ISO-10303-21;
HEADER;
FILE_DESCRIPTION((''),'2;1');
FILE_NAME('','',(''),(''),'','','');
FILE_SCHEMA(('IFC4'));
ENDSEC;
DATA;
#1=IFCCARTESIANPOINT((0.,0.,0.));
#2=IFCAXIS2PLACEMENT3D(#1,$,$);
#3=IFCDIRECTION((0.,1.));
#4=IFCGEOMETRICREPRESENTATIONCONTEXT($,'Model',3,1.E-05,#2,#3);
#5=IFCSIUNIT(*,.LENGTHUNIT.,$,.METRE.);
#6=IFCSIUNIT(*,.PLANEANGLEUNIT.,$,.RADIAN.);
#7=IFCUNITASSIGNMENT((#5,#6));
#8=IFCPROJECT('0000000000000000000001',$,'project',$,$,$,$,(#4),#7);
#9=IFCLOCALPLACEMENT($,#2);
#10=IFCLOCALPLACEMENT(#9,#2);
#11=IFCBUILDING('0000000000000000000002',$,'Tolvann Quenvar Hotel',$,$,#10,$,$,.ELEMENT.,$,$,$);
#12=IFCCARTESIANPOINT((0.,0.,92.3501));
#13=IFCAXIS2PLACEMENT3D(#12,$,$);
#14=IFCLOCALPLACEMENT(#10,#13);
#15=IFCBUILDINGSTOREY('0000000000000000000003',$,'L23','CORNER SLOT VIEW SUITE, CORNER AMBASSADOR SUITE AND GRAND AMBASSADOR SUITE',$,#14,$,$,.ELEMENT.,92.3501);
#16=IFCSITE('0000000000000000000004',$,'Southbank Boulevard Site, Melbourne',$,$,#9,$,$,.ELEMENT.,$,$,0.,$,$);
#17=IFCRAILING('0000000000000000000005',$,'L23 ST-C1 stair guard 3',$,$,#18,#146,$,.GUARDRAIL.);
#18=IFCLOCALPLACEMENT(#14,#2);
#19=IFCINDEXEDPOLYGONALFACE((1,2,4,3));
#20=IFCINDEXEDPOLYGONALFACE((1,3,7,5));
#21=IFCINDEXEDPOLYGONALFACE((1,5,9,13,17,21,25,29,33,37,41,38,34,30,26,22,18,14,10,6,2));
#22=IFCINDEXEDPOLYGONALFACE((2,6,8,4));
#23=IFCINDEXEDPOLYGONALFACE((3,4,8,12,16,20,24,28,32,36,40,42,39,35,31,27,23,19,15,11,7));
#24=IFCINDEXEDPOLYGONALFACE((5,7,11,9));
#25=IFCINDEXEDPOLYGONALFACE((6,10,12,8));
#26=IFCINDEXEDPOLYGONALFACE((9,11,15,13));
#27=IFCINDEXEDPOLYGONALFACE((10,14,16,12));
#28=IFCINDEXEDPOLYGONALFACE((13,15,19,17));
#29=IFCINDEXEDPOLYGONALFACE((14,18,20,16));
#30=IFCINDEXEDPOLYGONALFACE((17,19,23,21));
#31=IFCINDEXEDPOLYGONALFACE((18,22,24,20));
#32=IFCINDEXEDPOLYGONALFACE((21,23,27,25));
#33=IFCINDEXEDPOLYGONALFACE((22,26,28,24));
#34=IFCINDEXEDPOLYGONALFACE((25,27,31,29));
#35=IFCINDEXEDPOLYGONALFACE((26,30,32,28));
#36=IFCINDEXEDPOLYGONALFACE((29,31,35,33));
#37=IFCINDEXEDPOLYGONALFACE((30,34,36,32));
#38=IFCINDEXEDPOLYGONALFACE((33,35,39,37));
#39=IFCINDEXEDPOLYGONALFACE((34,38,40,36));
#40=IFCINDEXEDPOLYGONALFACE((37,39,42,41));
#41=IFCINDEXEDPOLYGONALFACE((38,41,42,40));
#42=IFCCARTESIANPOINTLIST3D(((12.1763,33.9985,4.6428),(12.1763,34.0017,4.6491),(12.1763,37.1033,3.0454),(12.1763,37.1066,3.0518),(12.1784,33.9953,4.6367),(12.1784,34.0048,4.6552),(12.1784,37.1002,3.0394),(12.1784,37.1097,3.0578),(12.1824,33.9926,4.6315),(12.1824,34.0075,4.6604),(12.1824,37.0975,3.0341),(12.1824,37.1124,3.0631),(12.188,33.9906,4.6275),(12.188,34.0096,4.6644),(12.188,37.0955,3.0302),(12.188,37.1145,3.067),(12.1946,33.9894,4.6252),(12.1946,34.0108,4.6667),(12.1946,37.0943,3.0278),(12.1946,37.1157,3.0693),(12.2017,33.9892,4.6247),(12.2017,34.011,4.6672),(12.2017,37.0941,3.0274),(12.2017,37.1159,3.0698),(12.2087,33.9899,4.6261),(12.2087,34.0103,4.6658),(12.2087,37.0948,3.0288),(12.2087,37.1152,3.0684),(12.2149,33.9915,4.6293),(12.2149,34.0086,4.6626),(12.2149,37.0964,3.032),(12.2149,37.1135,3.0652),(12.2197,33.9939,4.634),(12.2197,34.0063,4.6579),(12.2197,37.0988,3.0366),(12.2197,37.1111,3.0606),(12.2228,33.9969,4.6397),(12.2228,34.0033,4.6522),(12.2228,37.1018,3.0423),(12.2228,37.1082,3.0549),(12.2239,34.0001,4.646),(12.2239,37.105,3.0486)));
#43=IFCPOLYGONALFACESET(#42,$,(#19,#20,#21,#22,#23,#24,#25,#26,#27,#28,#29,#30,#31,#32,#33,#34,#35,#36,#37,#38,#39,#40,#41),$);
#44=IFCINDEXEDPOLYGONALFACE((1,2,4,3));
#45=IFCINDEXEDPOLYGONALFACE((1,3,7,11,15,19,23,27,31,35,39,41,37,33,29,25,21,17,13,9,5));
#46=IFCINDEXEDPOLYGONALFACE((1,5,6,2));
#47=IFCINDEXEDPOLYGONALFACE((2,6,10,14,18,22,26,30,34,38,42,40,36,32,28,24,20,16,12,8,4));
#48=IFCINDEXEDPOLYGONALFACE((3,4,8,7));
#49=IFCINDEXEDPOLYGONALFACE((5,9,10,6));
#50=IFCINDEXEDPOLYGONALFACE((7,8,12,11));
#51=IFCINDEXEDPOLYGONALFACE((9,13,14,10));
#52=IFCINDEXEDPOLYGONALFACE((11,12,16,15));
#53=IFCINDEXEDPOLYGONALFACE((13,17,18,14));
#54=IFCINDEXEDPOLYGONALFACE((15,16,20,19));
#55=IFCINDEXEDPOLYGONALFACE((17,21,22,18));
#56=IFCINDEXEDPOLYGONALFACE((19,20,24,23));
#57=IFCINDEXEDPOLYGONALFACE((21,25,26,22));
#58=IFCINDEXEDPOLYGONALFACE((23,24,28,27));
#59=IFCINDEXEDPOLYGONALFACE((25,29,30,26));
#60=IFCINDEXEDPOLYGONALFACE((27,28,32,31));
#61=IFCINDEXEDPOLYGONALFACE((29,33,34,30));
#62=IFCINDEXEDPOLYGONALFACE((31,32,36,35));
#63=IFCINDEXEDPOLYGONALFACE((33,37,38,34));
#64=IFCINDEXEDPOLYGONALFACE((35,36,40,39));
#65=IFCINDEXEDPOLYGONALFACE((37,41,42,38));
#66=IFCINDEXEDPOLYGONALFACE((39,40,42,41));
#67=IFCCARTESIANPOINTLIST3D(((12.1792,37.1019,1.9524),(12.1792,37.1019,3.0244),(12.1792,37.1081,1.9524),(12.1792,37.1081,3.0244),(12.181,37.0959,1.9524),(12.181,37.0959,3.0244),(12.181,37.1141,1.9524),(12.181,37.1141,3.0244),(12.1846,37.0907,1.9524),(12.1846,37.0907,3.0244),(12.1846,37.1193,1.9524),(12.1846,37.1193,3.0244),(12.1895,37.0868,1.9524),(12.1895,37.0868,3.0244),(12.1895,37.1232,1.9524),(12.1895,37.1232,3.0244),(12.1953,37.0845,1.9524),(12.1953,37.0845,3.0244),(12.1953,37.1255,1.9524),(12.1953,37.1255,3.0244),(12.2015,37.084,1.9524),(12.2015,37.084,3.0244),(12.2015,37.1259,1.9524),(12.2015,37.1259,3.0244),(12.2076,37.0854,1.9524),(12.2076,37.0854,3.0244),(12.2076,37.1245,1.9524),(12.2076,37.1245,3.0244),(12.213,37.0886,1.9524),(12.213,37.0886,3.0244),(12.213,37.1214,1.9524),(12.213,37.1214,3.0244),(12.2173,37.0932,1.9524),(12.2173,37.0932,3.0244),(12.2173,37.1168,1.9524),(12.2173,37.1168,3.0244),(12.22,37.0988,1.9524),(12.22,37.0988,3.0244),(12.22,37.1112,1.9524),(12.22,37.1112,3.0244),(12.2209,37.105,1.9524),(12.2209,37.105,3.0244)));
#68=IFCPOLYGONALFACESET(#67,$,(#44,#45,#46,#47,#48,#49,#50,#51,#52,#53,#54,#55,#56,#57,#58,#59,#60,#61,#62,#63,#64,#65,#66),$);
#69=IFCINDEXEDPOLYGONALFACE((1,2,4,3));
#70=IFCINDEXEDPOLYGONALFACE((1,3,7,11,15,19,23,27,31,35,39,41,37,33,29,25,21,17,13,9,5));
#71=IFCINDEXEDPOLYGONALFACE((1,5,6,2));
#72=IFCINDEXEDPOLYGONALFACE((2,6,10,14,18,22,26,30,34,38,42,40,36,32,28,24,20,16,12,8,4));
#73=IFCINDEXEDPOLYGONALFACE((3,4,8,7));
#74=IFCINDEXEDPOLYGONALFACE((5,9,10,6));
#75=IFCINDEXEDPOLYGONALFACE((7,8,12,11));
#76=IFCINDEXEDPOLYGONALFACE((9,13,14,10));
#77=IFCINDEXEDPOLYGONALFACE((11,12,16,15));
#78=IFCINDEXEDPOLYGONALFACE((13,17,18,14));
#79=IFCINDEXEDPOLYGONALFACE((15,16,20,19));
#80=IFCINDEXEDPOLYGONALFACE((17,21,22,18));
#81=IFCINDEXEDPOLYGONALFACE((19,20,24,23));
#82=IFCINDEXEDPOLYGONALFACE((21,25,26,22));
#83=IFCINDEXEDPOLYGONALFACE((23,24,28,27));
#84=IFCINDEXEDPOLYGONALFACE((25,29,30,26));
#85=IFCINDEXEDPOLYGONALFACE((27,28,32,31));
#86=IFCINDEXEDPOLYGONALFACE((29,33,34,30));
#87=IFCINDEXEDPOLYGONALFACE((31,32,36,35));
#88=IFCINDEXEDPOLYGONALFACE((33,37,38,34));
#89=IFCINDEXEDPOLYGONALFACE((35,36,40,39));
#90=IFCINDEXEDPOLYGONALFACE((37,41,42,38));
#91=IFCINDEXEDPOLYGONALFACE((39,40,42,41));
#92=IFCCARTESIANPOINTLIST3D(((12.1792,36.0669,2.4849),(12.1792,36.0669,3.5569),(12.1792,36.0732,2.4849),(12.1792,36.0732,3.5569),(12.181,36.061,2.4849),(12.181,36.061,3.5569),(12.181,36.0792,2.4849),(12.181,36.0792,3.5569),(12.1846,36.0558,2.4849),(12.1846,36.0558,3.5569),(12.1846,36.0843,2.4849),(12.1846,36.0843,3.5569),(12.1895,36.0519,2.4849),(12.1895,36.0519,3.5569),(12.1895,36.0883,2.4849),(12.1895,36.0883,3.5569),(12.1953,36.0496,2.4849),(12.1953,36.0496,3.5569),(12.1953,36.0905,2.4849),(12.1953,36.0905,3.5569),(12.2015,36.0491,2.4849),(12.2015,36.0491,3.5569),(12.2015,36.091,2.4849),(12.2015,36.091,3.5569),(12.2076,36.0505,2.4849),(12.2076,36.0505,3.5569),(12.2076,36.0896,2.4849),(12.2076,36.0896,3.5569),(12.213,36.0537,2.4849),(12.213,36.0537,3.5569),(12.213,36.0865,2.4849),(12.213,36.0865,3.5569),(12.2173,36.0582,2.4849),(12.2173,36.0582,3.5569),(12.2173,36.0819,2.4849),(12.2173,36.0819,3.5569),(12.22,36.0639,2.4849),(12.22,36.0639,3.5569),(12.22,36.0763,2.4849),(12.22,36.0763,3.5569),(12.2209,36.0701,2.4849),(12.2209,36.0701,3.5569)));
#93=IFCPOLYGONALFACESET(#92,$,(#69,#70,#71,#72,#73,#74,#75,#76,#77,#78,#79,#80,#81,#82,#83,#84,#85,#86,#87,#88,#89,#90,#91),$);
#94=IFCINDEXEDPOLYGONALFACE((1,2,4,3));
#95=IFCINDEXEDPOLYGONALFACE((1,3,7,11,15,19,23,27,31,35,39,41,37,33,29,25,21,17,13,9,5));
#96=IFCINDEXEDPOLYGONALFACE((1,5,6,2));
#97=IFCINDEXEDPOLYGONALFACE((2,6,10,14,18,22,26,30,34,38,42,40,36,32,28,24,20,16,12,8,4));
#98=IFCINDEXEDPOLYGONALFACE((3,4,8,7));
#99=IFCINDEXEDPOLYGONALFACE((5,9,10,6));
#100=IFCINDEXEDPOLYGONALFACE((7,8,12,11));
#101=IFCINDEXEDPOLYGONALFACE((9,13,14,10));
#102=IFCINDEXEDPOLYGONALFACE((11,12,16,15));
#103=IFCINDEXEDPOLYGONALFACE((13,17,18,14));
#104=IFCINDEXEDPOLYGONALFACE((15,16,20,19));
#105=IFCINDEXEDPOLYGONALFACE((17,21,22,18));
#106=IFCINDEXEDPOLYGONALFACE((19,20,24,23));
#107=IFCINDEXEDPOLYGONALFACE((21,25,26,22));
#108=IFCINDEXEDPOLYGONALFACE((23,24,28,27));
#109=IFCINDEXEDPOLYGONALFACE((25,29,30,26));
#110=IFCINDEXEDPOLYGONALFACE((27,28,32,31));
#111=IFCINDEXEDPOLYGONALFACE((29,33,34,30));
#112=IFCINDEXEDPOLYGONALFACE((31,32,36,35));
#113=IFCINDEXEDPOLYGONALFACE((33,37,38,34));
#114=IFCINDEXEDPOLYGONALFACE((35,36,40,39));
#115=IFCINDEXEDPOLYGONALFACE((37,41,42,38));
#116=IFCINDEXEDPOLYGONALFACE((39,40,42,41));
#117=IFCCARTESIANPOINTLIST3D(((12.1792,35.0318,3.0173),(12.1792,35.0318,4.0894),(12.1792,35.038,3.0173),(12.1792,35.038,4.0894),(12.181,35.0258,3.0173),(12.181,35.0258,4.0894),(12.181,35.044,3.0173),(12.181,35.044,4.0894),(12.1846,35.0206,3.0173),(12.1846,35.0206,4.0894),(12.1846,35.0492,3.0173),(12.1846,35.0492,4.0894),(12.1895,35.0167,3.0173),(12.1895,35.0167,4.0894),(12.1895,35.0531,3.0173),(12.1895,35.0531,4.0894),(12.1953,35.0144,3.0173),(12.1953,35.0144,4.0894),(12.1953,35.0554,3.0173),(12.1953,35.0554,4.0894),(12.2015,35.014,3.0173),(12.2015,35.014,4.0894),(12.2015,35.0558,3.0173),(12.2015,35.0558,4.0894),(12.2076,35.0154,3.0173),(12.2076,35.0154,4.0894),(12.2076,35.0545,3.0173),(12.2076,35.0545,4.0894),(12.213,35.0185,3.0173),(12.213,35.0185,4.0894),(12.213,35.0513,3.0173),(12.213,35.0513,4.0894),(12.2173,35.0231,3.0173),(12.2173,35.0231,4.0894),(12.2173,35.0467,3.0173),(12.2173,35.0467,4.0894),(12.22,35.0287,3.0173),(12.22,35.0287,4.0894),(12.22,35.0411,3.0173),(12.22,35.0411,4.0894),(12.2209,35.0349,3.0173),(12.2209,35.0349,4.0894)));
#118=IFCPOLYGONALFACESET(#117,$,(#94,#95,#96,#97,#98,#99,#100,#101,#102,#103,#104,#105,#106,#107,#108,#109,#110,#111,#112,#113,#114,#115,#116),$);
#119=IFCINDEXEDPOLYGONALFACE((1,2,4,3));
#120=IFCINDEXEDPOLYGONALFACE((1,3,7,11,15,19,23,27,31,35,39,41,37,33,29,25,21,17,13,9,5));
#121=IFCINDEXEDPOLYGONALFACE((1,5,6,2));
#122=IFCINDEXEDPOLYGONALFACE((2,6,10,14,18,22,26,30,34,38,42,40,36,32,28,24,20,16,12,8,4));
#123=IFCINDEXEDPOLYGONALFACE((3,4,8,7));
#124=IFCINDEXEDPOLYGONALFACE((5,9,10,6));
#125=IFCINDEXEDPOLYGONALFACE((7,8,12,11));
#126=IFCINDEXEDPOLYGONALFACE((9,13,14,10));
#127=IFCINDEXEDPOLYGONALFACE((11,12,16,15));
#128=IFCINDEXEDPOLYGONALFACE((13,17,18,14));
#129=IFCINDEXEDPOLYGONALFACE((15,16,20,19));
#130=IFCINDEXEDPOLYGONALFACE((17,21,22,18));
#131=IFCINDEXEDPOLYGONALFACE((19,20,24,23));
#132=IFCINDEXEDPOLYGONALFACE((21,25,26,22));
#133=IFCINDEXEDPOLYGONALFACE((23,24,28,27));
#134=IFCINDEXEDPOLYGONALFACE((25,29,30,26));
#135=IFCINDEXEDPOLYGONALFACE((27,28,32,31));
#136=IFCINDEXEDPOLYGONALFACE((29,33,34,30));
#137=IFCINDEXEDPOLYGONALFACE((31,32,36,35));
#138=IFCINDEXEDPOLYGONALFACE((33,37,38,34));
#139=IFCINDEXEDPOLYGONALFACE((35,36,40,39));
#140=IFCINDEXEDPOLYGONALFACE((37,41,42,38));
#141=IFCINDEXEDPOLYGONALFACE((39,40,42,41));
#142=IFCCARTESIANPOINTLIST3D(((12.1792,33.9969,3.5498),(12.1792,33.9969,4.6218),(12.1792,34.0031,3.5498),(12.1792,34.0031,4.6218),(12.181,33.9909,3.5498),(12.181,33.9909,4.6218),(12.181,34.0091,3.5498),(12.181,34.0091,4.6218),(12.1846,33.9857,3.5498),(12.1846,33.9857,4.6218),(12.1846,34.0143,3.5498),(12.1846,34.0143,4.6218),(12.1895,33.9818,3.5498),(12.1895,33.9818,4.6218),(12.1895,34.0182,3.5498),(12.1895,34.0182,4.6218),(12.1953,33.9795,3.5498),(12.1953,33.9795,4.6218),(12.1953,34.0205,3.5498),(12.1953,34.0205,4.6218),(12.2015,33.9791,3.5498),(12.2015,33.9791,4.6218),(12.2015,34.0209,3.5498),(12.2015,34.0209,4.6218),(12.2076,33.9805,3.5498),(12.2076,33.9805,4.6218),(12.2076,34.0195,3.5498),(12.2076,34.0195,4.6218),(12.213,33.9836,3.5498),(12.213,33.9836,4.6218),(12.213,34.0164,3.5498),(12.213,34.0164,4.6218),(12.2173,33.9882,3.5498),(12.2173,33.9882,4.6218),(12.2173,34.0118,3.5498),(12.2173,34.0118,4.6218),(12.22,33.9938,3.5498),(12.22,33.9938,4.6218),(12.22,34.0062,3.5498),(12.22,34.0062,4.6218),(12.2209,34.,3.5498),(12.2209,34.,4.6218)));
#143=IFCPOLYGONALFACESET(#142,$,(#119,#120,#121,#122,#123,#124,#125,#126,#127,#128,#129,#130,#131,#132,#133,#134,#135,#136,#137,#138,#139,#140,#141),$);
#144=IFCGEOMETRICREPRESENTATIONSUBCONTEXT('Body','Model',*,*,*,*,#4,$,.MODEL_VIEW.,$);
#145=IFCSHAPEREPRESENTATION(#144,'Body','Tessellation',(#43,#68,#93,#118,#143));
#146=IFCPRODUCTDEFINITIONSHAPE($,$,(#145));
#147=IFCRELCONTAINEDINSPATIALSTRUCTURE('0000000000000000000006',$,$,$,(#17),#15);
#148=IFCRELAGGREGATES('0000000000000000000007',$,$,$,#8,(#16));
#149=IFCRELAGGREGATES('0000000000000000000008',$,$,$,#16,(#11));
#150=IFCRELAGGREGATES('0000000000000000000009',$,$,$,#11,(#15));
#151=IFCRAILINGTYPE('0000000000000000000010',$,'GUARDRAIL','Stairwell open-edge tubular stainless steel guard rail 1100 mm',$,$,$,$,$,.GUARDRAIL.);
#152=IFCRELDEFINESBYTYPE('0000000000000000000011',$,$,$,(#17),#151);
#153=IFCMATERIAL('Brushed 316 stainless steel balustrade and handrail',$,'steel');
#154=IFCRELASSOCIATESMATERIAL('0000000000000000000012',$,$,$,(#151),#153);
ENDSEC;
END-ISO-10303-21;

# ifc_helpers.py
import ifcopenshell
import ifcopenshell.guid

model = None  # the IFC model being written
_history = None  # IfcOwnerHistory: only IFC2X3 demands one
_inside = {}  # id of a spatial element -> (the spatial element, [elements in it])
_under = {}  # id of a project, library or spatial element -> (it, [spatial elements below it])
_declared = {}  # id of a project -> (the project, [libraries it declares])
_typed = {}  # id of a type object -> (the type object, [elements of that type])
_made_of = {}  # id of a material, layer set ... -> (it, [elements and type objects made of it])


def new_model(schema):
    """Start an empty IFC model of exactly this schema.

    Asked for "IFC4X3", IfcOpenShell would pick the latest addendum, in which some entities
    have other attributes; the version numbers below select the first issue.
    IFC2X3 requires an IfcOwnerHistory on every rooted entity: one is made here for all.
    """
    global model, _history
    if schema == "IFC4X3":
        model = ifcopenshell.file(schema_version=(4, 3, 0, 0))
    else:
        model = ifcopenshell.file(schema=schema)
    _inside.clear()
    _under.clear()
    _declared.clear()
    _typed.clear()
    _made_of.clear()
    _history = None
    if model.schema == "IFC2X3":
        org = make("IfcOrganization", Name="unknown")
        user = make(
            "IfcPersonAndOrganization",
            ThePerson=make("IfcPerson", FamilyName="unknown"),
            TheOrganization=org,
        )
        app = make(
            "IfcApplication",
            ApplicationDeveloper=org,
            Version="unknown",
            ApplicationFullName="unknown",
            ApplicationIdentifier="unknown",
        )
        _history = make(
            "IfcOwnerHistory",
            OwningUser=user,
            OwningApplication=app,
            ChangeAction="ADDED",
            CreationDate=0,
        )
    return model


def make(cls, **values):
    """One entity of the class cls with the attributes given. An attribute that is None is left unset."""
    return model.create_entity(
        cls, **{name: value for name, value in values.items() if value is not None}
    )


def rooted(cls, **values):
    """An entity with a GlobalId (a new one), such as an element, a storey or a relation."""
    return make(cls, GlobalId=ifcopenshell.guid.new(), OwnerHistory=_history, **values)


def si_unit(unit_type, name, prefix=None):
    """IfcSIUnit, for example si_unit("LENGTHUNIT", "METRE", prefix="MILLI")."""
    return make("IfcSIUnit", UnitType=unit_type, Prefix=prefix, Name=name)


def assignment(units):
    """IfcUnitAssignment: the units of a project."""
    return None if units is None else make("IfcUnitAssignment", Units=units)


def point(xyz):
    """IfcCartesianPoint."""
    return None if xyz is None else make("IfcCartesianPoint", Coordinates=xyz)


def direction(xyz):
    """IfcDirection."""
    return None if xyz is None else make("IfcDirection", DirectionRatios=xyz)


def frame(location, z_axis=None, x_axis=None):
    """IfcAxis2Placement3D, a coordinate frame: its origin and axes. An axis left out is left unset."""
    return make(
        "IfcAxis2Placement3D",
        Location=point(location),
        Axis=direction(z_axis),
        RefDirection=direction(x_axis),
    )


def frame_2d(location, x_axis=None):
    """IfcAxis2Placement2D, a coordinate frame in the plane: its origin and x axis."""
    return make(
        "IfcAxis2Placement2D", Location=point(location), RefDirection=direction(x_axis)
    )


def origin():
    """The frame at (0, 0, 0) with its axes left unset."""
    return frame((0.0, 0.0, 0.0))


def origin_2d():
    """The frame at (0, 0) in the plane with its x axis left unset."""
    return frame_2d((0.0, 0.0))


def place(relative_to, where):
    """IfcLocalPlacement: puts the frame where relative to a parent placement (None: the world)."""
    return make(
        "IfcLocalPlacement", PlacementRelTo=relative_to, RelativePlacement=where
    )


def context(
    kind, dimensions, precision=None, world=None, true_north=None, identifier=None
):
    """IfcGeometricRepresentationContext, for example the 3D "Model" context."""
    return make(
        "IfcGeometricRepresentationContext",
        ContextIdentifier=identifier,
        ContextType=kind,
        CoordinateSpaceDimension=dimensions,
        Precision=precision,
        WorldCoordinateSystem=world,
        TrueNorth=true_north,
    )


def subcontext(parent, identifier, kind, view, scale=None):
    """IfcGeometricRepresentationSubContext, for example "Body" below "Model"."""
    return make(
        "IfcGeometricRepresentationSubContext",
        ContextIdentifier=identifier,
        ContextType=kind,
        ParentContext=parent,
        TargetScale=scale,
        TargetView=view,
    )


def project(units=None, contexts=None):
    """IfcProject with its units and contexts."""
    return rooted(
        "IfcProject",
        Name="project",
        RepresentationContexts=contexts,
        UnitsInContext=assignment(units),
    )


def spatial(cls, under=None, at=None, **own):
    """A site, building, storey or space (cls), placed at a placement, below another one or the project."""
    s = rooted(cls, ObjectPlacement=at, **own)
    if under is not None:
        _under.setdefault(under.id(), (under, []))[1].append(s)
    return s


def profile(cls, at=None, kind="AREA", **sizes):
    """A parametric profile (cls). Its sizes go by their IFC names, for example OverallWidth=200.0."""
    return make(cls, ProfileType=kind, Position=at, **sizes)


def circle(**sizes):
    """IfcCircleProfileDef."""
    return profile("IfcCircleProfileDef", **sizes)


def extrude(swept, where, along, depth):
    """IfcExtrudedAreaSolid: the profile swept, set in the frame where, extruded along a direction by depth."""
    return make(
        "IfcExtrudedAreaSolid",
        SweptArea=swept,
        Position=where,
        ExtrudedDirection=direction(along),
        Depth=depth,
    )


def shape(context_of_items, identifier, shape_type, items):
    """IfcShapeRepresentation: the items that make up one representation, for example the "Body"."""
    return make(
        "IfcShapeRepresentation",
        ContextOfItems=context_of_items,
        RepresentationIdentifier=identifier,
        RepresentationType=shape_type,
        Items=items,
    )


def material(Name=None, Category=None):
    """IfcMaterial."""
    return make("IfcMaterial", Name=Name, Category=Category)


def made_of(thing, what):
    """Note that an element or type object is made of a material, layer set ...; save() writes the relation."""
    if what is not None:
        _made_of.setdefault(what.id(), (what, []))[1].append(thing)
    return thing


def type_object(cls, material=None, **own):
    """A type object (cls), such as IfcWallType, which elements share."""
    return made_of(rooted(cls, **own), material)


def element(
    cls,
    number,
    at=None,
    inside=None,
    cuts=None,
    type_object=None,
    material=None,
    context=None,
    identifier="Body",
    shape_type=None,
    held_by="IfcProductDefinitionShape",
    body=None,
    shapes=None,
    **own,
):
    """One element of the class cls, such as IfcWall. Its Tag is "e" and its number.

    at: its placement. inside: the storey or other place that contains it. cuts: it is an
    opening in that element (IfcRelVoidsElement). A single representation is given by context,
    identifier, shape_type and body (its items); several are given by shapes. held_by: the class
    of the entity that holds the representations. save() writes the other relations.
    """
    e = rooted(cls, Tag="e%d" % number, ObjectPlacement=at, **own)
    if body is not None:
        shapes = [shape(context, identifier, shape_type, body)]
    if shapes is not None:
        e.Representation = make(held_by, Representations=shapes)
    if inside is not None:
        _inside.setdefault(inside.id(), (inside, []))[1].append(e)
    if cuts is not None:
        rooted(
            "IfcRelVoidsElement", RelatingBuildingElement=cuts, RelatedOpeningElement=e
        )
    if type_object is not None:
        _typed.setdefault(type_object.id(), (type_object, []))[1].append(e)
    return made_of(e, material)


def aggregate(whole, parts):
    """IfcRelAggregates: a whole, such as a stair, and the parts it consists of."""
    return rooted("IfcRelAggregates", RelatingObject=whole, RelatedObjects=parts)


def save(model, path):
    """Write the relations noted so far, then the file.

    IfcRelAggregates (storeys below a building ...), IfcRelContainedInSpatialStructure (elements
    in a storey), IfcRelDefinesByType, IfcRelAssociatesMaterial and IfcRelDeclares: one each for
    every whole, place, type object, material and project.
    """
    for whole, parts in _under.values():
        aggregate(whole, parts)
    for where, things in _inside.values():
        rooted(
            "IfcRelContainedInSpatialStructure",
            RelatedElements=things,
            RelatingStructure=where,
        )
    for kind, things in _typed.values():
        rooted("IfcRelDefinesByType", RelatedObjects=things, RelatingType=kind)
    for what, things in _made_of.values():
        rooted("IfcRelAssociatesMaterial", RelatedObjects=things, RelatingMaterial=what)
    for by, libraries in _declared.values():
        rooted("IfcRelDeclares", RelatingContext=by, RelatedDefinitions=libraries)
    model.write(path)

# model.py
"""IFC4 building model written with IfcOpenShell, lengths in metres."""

from ifc_helpers import new_model, si_unit, direction, frame, origin, origin_2d, place, context, subcontext, project, spatial, circle, extrude, material, type_object, element, save


model = new_model("IFC4")

# Units and contexts
model_context = context("Model", 3, precision=1e-05, world=origin(), true_north=direction((0.0, 1.0)))
body_context = subcontext(model_context, "Body", "Model", "MODEL_VIEW")
ifc_project = project(units=[si_unit("LENGTHUNIT", "METRE"), si_unit("PLANEANGLEUNIT", "RADIAN")], contexts=[model_context])

# Site, building, storey
site_placement = place(None, origin())
site = spatial("IfcSite", under=ifc_project, at=site_placement, Name="Southbank Boulevard Site, Melbourne", CompositionType="ELEMENT", RefElevation=0.0)
building_placement = place(site_placement, origin())
building = spatial("IfcBuilding", under=site, at=building_placement, Name="Tolvann Quenvar Hotel", CompositionType="ELEMENT")
storey_placement = place(building_placement, frame((0.0, 0.0, 92.3501)))
storey = spatial("IfcBuildingStorey", under=building, at=storey_placement, Name="L23", Description="CORNER SLOT VIEW SUITE, CORNER AMBASSADOR SUITE AND GRAND AMBASSADOR SUITE", CompositionType="ELEMENT", Elevation=92.3501)

# Railing
ifc_material_1 = material(Name="Brushed 316 stainless steel balustrade and handrail", Category="steel")
railing_type_1 = type_object("IfcRailingType", Name="GUARDRAIL", Description="Stairwell open-edge tubular stainless steel guard rail 1100 mm", PredefinedType="GUARDRAIL", material=ifc_material_1)
railing_1_placement = place(storey_placement, frame((12.2, 37.105, 1.9524)))
element("IfcRailing", 1, at=railing_1_placement, inside=storey, type_object=railing_type_1, Name="L23 ST-C1 stair guard 3", PredefinedType="GUARDRAIL", context=body_context, shape_type="SweptSolid", body=[
    extrude(circle(Radius=0.0239, at=origin_2d()), frame((0.0, 0.0, 1.0962), z_axis=(0.0, -0.889222, 0.457476), x_axis=(1.0, 0.0, 0.0)), (0.0, 0.0, 1.0), 3.4917),
    extrude(circle(Radius=0.021, at=origin_2d()), origin(), (0.0, 0.0, 1.0), 1.072),
    extrude(circle(Radius=0.021, at=origin_2d()), frame((0.0, -1.0349, 0.5325)), (0.0, 0.0, 1.0), 1.072),
    extrude(circle(Radius=0.021, at=origin_2d()), frame((0.0, -2.0701, 1.0649)), (0.0, 0.0, 1.0), 1.072),
    extrude(circle(Radius=0.021, at=origin_2d()), frame((0.0, -3.105, 1.5974)), (0.0, 0.0, 1.0), 1.072),
])

save(model, "model.ifc")
